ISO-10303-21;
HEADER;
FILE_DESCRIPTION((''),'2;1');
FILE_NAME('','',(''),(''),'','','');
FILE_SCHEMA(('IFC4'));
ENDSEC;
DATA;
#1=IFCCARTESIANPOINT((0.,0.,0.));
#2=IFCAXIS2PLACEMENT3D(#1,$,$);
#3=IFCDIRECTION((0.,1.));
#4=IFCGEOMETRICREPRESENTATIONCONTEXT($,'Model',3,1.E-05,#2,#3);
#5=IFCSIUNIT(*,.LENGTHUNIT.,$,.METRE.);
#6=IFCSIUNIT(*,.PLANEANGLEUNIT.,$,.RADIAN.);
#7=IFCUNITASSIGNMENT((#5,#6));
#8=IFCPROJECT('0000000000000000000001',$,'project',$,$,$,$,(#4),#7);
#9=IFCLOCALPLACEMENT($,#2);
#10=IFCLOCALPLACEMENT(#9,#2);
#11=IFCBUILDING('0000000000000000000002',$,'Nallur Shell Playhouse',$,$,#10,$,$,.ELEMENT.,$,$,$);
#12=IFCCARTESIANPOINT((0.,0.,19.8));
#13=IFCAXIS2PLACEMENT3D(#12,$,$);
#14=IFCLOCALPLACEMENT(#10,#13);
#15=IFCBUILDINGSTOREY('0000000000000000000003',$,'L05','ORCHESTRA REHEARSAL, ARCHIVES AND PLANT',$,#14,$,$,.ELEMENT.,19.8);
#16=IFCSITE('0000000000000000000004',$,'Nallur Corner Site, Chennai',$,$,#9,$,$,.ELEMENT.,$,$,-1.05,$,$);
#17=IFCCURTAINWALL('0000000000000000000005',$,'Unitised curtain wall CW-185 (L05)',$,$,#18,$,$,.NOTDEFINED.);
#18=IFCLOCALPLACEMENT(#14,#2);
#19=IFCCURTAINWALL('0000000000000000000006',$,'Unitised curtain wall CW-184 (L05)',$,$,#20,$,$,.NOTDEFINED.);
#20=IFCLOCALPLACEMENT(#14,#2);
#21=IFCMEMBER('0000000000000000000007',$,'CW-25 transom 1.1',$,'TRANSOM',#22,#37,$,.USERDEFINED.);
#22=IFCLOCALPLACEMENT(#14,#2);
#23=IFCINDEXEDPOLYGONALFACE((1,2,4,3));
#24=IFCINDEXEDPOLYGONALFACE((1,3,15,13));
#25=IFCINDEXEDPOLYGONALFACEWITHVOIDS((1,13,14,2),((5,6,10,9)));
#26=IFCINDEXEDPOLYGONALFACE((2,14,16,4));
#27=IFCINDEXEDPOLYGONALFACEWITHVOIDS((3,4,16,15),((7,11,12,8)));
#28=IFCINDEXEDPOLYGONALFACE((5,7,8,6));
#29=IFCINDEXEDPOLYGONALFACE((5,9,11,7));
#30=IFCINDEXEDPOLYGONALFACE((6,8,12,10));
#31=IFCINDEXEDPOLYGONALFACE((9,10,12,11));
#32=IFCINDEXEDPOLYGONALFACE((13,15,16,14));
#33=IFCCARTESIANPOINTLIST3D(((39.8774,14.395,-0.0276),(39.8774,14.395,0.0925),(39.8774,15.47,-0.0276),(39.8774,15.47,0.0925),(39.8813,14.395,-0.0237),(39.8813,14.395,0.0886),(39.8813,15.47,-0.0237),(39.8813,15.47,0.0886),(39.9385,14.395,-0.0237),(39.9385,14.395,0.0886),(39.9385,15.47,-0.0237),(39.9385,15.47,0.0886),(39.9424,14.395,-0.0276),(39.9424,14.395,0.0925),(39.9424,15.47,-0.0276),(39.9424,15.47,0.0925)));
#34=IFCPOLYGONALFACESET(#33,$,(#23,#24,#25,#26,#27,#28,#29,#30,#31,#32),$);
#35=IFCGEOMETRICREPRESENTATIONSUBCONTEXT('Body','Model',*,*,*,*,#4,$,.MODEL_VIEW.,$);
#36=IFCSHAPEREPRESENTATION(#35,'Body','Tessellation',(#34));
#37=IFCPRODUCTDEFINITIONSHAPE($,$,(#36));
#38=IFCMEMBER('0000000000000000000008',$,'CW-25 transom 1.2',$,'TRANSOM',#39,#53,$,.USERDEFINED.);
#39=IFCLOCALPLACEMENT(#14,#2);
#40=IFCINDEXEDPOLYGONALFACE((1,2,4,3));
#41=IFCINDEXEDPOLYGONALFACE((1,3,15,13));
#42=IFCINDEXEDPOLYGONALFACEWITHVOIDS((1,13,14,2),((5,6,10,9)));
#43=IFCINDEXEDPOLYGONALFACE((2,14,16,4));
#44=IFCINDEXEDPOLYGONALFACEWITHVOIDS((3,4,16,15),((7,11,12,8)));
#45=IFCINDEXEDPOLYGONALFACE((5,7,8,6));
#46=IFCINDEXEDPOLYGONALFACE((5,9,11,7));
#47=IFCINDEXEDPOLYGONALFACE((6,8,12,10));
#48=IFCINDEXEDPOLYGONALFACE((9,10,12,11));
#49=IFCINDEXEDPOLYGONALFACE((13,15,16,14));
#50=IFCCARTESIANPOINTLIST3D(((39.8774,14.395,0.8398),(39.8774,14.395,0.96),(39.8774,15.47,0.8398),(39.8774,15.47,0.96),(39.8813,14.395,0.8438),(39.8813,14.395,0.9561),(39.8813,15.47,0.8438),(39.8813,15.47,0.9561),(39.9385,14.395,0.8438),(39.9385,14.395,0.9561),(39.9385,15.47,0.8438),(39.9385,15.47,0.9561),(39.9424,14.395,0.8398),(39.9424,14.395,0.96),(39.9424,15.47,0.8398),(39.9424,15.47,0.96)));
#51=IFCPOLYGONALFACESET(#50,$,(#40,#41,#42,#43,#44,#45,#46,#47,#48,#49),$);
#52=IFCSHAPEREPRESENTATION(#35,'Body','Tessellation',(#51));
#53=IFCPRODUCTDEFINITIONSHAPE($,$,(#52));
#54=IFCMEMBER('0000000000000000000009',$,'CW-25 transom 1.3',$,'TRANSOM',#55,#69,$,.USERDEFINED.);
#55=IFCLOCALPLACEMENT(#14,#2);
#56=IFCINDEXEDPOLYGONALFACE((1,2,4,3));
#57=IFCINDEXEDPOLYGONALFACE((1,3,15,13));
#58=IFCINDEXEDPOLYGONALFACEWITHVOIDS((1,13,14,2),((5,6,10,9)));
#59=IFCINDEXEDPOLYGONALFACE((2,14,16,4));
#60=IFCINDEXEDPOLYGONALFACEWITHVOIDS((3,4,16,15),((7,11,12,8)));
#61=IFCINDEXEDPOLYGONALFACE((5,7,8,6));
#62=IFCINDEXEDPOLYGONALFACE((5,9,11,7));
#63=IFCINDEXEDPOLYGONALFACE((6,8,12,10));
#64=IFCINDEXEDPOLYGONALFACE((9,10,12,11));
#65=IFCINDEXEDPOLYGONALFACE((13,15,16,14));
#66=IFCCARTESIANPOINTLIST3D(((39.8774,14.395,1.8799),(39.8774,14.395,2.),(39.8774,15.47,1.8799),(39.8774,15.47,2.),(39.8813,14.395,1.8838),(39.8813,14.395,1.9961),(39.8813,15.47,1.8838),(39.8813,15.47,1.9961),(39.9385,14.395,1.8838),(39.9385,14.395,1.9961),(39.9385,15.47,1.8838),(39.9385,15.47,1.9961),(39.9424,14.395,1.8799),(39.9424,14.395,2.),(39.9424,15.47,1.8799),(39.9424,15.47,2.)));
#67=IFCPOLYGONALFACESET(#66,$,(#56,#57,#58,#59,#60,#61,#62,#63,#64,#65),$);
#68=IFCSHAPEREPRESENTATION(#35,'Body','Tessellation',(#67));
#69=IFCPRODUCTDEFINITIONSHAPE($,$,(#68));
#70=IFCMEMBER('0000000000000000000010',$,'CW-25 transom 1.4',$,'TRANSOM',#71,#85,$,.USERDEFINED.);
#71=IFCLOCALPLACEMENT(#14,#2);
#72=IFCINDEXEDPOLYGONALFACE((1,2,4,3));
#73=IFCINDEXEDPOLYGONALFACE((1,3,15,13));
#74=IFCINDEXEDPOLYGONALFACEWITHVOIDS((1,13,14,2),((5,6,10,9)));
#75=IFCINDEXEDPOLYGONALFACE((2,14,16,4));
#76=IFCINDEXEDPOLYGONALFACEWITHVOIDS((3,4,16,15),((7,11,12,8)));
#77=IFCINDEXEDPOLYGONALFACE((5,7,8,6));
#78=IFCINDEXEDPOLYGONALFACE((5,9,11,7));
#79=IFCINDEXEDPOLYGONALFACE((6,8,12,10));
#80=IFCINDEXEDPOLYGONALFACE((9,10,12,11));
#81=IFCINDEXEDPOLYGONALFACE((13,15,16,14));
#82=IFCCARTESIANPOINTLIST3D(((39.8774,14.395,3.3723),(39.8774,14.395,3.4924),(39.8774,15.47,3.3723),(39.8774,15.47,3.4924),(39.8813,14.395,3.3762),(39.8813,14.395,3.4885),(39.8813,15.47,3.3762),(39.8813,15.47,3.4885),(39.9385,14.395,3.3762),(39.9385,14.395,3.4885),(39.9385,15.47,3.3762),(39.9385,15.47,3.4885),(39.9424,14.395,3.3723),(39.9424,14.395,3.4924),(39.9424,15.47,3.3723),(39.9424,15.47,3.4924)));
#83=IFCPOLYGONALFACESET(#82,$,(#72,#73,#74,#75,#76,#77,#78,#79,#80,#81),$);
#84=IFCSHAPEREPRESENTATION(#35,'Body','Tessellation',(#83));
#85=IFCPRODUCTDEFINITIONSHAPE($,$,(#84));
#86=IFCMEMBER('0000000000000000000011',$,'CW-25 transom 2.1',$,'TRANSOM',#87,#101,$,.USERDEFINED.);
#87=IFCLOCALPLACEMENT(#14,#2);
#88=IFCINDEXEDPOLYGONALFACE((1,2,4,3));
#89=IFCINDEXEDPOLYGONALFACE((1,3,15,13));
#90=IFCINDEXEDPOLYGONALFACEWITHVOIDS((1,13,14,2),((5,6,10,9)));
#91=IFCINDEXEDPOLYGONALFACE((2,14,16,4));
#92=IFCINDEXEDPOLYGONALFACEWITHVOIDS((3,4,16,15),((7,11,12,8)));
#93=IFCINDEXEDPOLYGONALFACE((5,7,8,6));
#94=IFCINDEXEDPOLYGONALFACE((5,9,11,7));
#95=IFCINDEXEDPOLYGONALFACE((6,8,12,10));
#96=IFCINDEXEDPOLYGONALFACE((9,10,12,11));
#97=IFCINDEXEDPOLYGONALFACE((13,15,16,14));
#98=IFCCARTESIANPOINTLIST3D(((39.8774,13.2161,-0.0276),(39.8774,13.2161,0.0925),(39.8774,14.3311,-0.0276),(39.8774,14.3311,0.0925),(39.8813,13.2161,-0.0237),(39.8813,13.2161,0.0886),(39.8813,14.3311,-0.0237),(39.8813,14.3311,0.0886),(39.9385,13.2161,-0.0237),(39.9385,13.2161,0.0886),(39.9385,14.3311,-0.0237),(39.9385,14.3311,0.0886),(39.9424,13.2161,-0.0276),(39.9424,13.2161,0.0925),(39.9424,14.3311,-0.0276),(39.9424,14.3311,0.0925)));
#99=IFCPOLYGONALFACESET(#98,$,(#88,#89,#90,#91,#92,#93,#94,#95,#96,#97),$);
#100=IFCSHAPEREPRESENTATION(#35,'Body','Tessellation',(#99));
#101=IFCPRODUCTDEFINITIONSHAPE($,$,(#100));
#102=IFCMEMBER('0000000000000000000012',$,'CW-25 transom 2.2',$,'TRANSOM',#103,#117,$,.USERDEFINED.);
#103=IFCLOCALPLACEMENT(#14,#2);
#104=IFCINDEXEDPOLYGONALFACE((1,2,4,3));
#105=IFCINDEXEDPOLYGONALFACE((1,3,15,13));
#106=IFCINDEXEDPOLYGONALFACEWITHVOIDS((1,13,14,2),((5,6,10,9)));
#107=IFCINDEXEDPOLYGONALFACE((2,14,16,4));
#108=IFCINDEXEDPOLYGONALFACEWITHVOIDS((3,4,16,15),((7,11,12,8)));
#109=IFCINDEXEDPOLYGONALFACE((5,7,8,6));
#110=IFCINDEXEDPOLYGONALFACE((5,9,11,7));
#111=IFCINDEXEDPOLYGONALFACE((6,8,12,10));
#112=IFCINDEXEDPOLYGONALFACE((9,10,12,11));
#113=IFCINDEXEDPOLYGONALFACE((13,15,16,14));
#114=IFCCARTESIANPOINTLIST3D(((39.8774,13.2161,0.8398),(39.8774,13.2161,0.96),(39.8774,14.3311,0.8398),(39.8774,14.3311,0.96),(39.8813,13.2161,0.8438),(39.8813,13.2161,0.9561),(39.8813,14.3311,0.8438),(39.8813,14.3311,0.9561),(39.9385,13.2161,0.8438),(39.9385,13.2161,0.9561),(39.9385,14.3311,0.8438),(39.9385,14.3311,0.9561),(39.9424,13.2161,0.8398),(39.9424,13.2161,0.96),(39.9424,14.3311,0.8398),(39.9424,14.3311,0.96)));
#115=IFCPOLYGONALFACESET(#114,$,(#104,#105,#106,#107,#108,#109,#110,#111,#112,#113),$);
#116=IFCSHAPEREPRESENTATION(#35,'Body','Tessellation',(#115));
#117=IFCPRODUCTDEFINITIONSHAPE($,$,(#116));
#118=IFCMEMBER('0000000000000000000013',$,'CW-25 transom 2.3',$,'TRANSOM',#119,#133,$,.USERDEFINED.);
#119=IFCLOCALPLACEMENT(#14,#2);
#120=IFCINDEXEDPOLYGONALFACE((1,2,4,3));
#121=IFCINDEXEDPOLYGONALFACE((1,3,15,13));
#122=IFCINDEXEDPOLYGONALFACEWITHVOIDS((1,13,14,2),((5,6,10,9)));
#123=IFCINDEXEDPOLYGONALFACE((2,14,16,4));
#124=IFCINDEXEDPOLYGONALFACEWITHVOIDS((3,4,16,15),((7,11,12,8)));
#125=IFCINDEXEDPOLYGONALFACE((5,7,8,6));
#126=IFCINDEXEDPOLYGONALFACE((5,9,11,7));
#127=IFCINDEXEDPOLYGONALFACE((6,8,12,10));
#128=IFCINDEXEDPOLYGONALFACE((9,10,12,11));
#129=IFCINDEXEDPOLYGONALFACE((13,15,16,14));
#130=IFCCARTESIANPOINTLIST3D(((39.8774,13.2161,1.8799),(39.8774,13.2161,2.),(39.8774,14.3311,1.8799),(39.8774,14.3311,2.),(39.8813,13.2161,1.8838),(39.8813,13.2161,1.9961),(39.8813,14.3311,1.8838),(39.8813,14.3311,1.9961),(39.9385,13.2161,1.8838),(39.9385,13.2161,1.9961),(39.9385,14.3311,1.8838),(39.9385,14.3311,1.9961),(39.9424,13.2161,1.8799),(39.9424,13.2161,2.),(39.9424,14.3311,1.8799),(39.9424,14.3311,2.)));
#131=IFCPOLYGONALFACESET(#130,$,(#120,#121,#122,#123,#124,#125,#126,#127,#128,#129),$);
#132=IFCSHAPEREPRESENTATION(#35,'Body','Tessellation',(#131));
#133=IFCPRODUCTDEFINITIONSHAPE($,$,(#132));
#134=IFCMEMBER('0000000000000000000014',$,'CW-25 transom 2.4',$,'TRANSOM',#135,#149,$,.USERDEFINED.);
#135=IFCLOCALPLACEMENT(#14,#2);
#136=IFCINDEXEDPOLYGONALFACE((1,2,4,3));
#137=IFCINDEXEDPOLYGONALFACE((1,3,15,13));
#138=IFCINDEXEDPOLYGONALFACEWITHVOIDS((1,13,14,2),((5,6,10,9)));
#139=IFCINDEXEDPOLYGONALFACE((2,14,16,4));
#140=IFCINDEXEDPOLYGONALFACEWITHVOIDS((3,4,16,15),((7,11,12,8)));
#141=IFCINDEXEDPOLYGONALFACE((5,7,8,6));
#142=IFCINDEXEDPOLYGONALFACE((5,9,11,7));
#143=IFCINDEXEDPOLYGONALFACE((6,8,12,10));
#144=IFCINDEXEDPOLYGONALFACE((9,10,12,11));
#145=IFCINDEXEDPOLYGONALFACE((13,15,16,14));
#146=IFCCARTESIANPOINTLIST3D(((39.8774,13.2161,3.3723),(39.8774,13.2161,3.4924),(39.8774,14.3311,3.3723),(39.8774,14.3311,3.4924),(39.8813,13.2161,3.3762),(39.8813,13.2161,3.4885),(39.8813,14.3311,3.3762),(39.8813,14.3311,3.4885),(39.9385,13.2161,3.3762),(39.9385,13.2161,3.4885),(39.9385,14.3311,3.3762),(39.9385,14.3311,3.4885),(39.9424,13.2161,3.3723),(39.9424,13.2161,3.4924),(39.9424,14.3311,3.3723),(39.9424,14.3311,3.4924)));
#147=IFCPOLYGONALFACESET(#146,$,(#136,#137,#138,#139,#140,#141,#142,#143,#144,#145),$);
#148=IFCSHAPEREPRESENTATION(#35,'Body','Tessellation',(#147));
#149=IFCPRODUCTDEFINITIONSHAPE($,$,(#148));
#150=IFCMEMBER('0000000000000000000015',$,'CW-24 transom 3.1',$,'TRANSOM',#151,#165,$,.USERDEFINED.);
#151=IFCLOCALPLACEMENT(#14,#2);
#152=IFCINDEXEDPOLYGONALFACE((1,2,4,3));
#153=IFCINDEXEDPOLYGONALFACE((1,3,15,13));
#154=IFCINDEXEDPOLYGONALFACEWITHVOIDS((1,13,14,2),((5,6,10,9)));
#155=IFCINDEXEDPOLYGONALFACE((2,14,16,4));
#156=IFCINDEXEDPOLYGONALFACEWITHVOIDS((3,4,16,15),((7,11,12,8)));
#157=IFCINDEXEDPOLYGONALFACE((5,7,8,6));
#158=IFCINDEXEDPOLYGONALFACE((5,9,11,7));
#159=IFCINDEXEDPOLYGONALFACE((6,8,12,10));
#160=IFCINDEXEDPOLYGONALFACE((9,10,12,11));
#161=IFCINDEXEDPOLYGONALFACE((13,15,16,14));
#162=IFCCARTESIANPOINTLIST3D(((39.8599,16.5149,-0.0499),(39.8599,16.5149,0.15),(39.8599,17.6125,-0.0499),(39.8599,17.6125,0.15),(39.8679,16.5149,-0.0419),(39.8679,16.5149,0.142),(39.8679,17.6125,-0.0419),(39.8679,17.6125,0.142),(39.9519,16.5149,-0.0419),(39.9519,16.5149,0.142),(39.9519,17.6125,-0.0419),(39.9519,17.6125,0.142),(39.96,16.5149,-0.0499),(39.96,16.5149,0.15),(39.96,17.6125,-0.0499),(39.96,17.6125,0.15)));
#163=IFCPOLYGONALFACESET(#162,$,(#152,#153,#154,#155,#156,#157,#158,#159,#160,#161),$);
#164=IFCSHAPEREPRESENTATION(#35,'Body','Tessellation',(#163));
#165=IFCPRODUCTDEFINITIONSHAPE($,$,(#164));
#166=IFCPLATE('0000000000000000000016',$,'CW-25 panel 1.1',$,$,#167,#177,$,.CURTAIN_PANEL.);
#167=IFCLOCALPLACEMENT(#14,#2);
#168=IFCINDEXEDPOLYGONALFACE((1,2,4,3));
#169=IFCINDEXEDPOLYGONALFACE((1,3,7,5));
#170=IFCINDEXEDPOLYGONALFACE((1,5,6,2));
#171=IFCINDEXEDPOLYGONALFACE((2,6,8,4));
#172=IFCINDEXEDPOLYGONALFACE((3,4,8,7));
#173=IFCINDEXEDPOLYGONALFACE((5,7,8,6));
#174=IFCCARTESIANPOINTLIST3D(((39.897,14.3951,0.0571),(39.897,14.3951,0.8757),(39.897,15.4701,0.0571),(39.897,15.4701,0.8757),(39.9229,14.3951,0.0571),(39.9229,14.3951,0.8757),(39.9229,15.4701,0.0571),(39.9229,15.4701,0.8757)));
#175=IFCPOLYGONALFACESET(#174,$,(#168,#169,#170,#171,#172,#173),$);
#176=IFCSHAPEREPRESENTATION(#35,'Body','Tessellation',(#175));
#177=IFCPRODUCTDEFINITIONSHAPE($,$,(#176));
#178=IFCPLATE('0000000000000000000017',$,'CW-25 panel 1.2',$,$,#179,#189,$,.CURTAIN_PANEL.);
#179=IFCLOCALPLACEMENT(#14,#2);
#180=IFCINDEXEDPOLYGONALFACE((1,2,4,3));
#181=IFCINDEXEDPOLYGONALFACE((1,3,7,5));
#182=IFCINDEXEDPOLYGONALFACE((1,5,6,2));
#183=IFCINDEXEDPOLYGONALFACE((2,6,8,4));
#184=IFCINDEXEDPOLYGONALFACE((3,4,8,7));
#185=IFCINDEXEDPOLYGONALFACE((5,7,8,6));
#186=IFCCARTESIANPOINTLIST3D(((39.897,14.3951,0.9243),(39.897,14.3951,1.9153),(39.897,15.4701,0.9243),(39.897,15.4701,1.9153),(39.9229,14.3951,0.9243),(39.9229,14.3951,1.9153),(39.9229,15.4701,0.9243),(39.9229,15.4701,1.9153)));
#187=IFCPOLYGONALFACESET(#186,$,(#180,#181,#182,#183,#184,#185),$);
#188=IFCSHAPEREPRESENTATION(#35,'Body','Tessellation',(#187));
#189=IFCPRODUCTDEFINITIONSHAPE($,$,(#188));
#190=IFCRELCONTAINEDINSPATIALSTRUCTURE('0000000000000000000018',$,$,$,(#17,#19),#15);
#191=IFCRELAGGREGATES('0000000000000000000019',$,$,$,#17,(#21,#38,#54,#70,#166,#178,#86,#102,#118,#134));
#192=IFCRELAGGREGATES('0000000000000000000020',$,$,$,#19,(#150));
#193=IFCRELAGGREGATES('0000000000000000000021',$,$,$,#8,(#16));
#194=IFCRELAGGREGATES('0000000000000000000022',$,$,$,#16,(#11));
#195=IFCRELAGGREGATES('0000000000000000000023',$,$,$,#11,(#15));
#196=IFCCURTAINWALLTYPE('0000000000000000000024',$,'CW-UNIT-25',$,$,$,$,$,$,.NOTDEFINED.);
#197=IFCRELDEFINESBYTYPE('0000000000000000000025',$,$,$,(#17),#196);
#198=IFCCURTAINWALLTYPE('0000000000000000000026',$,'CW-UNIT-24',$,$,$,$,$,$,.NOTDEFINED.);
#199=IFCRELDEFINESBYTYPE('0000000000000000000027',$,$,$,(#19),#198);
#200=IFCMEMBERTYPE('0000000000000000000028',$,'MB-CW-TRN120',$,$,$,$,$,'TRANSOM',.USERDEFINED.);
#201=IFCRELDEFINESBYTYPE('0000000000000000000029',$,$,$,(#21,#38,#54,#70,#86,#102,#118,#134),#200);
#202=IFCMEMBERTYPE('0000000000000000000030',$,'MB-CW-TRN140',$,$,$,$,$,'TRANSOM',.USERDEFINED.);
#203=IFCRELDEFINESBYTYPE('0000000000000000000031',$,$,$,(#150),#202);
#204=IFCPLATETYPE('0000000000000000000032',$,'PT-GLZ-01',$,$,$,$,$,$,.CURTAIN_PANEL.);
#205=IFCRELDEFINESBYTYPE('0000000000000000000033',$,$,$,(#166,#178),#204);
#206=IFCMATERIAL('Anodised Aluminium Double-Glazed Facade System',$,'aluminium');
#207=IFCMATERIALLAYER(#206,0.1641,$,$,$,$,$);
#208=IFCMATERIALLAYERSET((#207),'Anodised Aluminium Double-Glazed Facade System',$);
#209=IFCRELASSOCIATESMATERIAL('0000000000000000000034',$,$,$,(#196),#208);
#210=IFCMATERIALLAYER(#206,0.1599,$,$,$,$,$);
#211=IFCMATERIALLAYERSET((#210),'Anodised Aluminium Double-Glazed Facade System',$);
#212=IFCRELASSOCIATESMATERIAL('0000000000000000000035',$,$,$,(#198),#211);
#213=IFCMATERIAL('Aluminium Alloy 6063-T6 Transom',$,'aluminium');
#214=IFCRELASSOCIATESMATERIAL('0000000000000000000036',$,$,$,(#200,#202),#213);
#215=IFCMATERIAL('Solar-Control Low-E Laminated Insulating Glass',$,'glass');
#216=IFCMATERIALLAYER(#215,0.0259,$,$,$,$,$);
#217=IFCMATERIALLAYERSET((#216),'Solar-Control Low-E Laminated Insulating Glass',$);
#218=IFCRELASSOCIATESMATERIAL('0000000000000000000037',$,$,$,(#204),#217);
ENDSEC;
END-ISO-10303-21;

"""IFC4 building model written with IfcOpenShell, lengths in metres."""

from ifc_helpers import new_model, si_unit, direction, frame, origin, origin_2d, place, context, subcontext, project, spatial, rectangle, hollow_rectangle, extrude, material, layer, layer_set, material_profile, profile_set, type_object, element, aggregate, save


model = new_model("IFC4")

# Units and contexts
model_context = context("Model", 3, precision=1e-05, world=origin(), true_north=direction((0.0, 1.0)))
body_context = subcontext(model_context, "Body", "Model", "MODEL_VIEW")
ifc_project = project(units=[si_unit("LENGTHUNIT", "METRE"), si_unit("PLANEANGLEUNIT", "RADIAN")], contexts=[model_context])

# Site, building, storey
site_placement = place(None, origin())
site = spatial("IfcSite", under=ifc_project, at=site_placement, Name="Nallur Corner Site, Chennai", CompositionType="ELEMENT", RefElevation=-1.05)
building_placement = place(site_placement, origin())
building = spatial("IfcBuilding", under=site, at=building_placement, Name="Nallur Shell Playhouse", CompositionType="ELEMENT")
storey_placement = place(building_placement, frame((0.0, 0.0, 19.8)))
storey = spatial("IfcBuildingStorey", under=building, at=storey_placement, Name="L05", Description="ORCHESTRA REHEARSAL, ARCHIVES AND PLANT", CompositionType="ELEMENT", Elevation=19.8)

# Curtain wall
ifc_material_1 = material(Name="Anodised Aluminium Double-Glazed Facade System", Category="aluminium")
ifc_layer_1 = layer(ifc_material_1, 0.1641)
ifc_layer_set_1 = layer_set([ifc_layer_1], Name="Anodised Aluminium Double-Glazed Facade System")
curtain_wall_type_1 = type_object("IfcCurtainWallType", Name="CW-UNIT-25", PredefinedType="NOTDEFINED", material=ifc_layer_set_1)
curtain_wall_1_placement = place(storey_placement, origin())
curtain_wall_1 = element("IfcCurtainWall", 1, at=curtain_wall_1_placement, inside=storey, type_object=curtain_wall_type_1, Name="Unitised curtain wall CW-185 (L05)", PredefinedType="NOTDEFINED")

# Curtain wall
ifc_layer_2 = layer(ifc_material_1, 0.1599)
ifc_layer_set_2 = layer_set([ifc_layer_2], Name="Anodised Aluminium Double-Glazed Facade System")
curtain_wall_type_2 = type_object("IfcCurtainWallType", Name="CW-UNIT-24", PredefinedType="NOTDEFINED", material=ifc_layer_set_2)
curtain_wall_2_placement = place(storey_placement, origin())
curtain_wall_2 = element("IfcCurtainWall", 2, at=curtain_wall_2_placement, inside=storey, type_object=curtain_wall_type_2, Name="Unitised curtain wall CW-184 (L05)", PredefinedType="NOTDEFINED")

# Members
ifc_material_2 = material(Name="Aluminium Alloy 6063-T6 Transom", Category="aluminium")
ifc_material_profile_1 = material_profile(ifc_material_2, hollow_rectangle(XDim=0.0649, YDim=0.1201, WallThickness=0.0039, at=origin_2d()), Name="ALU 65x120x4")
ifc_profile_set_1 = profile_set([ifc_material_profile_1], Name="Aluminium Alloy 6063-T6 Transom")
member_type_1 = type_object("IfcMemberType", Name="MB-CW-TRN120", ElementType="TRANSOM", PredefinedType="USERDEFINED", material=ifc_profile_set_1)
member_1_placement = place(storey_placement, frame((39.9099, 15.47, 0.0325), z_axis=(0.0, -1.0, 0.0), x_axis=(1.0, 0.0, 0.0)))
member_1 = element("IfcMember", 3, at=member_1_placement, type_object=member_type_1, Name="CW-25 transom 1.1", ObjectType="TRANSOM", PredefinedType="USERDEFINED", context=body_context, shape_type="SweptSolid", body=[
    extrude(hollow_rectangle(XDim=0.0649, YDim=0.1201, WallThickness=0.0039, at=origin_2d()), origin(), (0.0, 0.0, 1.0), 1.075),
])
member_2_placement = place(storey_placement, frame((39.9099, 15.47, 0.8999), z_axis=(0.0, -1.0, 0.0), x_axis=(1.0, 0.0, 0.0)))
member_2 = element("IfcMember", 4, at=member_2_placement, type_object=member_type_1, Name="CW-25 transom 1.2", ObjectType="TRANSOM", PredefinedType="USERDEFINED", context=body_context, shape_type="SweptSolid", body=[
    extrude(hollow_rectangle(XDim=0.0649, YDim=0.1201, WallThickness=0.0039, at=origin_2d()), origin(), (0.0, 0.0, 1.0), 1.075),
])
member_3_placement = place(storey_placement, frame((39.9099, 15.47, 1.9399), z_axis=(0.0, -1.0, 0.0), x_axis=(1.0, 0.0, 0.0)))
member_3 = element("IfcMember", 5, at=member_3_placement, type_object=member_type_1, Name="CW-25 transom 1.3", ObjectType="TRANSOM", PredefinedType="USERDEFINED", context=body_context, shape_type="SweptSolid", body=[
    extrude(hollow_rectangle(XDim=0.0649, YDim=0.1201, WallThickness=0.0039, at=origin_2d()), origin(), (0.0, 0.0, 1.0), 1.075),
])
member_4_placement = place(storey_placement, frame((39.9099, 15.47, 3.4324), z_axis=(0.0, -1.0, 0.0), x_axis=(1.0, 0.0, 0.0)))
member_4 = element("IfcMember", 6, at=member_4_placement, type_object=member_type_1, Name="CW-25 transom 1.4", ObjectType="TRANSOM", PredefinedType="USERDEFINED", context=body_context, shape_type="SweptSolid", body=[
    extrude(hollow_rectangle(XDim=0.0649, YDim=0.1201, WallThickness=0.0039, at=origin_2d()), origin(), (0.0, 0.0, 1.0), 1.075),
])
member_5_placement = place(storey_placement, frame((39.9099, 14.3311, 0.0325), z_axis=(0.0, -1.0, 0.0), x_axis=(1.0, 0.0, 0.0)))
member_5 = element("IfcMember", 7, at=member_5_placement, type_object=member_type_1, Name="CW-25 transom 2.1", ObjectType="TRANSOM", PredefinedType="USERDEFINED", context=body_context, shape_type="SweptSolid", body=[
    extrude(hollow_rectangle(XDim=0.0649, YDim=0.1201, WallThickness=0.0039, at=origin_2d()), origin(), (0.0, 0.0, 1.0), 1.115),
])
member_6_placement = place(storey_placement, frame((39.9099, 14.3311, 0.8999), z_axis=(0.0, -1.0, 0.0), x_axis=(1.0, 0.0, 0.0)))
member_6 = element("IfcMember", 8, at=member_6_placement, type_object=member_type_1, Name="CW-25 transom 2.2", ObjectType="TRANSOM", PredefinedType="USERDEFINED", context=body_context, shape_type="SweptSolid", body=[
    extrude(hollow_rectangle(XDim=0.0649, YDim=0.1201, WallThickness=0.0039, at=origin_2d()), origin(), (0.0, 0.0, 1.0), 1.115),
])
member_7_placement = place(storey_placement, frame((39.9099, 14.3311, 1.9399), z_axis=(0.0, -1.0, 0.0), x_axis=(1.0, 0.0, 0.0)))
member_7 = element("IfcMember", 9, at=member_7_placement, type_object=member_type_1, Name="CW-25 transom 2.3", ObjectType="TRANSOM", PredefinedType="USERDEFINED", context=body_context, shape_type="SweptSolid", body=[
    extrude(hollow_rectangle(XDim=0.0649, YDim=0.1201, WallThickness=0.0039, at=origin_2d()), origin(), (0.0, 0.0, 1.0), 1.115),
])
member_8_placement = place(storey_placement, frame((39.9099, 14.3311, 3.4324), z_axis=(0.0, -1.0, 0.0), x_axis=(1.0, 0.0, 0.0)))
member_8 = element("IfcMember", 10, at=member_8_placement, type_object=member_type_1, Name="CW-25 transom 2.4", ObjectType="TRANSOM", PredefinedType="USERDEFINED", context=body_context, shape_type="SweptSolid", body=[
    extrude(hollow_rectangle(XDim=0.0649, YDim=0.1201, WallThickness=0.0039, at=origin_2d()), origin(), (0.0, 0.0, 1.0), 1.115),
])
ifc_material_profile_2 = material_profile(ifc_material_2, hollow_rectangle(XDim=0.1001, YDim=0.2, WallThickness=0.0081, at=origin_2d()), Name="RHS 200x100x8")
ifc_profile_set_2 = profile_set([ifc_material_profile_2], Name="Aluminium Alloy 6063-T6 Transom")
member_type_2 = type_object("IfcMemberType", Name="MB-CW-TRN140", ElementType="TRANSOM", PredefinedType="USERDEFINED", material=ifc_profile_set_2)
member_9_placement = place(storey_placement, frame((39.9099, 17.6125, 0.05), z_axis=(0.0, -1.0, 0.0), x_axis=(1.0, 0.0, 0.0)))
member_9 = element("IfcMember", 11, at=member_9_placement, type_object=member_type_2, Name="CW-24 transom 3.1", ObjectType="TRANSOM", PredefinedType="USERDEFINED", context=body_context, shape_type="SweptSolid", body=[
    extrude(hollow_rectangle(XDim=0.1001, YDim=0.2, WallThickness=0.0081, at=origin_2d()), origin(), (0.0, 0.0, 1.0), 1.0977),
])

# Plates
ifc_material_3 = material(Name="Solar-Control Low-E Laminated Insulating Glass", Category="glass")
ifc_layer_3 = layer(ifc_material_3, 0.0259)
ifc_layer_set_3 = layer_set([ifc_layer_3], Name="Solar-Control Low-E Laminated Insulating Glass")
plate_type_1 = type_object("IfcPlateType", Name="PT-GLZ-01", PredefinedType="CURTAIN_PANEL", material=ifc_layer_set_3)
plate_1_placement = place(storey_placement, frame((39.9099, 14.9326, 0.0571), z_axis=(0.0, 0.0, 1.0), x_axis=(0.0, -1.0, 0.0)))
plate_1 = element("IfcPlate", 12, at=plate_1_placement, type_object=plate_type_1, Name="CW-25 panel 1.1", PredefinedType="CURTAIN_PANEL", context=body_context, shape_type="SweptSolid", body=[
    extrude(rectangle(XDim=1.075, YDim=0.0259, at=origin_2d()), origin(), (0.0, 0.0, 1.0), 0.8186),
])
plate_2_placement = place(storey_placement, frame((39.9099, 14.9326, 0.9243), z_axis=(0.0, 0.0, 1.0), x_axis=(0.0, -1.0, 0.0)))
plate_2 = element("IfcPlate", 13, at=plate_2_placement, type_object=plate_type_1, Name="CW-25 panel 1.2", PredefinedType="CURTAIN_PANEL", context=body_context, shape_type="SweptSolid", body=[
    extrude(rectangle(XDim=1.075, YDim=0.0259, at=origin_2d()), origin(), (0.0, 0.0, 1.0), 0.991),
])
aggregate(curtain_wall_1, [member_1, member_2, member_3, member_4, plate_1, plate_2, member_5, member_6, member_7, member_8])
aggregate(curtain_wall_2, [member_9])

save(model, "model.ifc")
